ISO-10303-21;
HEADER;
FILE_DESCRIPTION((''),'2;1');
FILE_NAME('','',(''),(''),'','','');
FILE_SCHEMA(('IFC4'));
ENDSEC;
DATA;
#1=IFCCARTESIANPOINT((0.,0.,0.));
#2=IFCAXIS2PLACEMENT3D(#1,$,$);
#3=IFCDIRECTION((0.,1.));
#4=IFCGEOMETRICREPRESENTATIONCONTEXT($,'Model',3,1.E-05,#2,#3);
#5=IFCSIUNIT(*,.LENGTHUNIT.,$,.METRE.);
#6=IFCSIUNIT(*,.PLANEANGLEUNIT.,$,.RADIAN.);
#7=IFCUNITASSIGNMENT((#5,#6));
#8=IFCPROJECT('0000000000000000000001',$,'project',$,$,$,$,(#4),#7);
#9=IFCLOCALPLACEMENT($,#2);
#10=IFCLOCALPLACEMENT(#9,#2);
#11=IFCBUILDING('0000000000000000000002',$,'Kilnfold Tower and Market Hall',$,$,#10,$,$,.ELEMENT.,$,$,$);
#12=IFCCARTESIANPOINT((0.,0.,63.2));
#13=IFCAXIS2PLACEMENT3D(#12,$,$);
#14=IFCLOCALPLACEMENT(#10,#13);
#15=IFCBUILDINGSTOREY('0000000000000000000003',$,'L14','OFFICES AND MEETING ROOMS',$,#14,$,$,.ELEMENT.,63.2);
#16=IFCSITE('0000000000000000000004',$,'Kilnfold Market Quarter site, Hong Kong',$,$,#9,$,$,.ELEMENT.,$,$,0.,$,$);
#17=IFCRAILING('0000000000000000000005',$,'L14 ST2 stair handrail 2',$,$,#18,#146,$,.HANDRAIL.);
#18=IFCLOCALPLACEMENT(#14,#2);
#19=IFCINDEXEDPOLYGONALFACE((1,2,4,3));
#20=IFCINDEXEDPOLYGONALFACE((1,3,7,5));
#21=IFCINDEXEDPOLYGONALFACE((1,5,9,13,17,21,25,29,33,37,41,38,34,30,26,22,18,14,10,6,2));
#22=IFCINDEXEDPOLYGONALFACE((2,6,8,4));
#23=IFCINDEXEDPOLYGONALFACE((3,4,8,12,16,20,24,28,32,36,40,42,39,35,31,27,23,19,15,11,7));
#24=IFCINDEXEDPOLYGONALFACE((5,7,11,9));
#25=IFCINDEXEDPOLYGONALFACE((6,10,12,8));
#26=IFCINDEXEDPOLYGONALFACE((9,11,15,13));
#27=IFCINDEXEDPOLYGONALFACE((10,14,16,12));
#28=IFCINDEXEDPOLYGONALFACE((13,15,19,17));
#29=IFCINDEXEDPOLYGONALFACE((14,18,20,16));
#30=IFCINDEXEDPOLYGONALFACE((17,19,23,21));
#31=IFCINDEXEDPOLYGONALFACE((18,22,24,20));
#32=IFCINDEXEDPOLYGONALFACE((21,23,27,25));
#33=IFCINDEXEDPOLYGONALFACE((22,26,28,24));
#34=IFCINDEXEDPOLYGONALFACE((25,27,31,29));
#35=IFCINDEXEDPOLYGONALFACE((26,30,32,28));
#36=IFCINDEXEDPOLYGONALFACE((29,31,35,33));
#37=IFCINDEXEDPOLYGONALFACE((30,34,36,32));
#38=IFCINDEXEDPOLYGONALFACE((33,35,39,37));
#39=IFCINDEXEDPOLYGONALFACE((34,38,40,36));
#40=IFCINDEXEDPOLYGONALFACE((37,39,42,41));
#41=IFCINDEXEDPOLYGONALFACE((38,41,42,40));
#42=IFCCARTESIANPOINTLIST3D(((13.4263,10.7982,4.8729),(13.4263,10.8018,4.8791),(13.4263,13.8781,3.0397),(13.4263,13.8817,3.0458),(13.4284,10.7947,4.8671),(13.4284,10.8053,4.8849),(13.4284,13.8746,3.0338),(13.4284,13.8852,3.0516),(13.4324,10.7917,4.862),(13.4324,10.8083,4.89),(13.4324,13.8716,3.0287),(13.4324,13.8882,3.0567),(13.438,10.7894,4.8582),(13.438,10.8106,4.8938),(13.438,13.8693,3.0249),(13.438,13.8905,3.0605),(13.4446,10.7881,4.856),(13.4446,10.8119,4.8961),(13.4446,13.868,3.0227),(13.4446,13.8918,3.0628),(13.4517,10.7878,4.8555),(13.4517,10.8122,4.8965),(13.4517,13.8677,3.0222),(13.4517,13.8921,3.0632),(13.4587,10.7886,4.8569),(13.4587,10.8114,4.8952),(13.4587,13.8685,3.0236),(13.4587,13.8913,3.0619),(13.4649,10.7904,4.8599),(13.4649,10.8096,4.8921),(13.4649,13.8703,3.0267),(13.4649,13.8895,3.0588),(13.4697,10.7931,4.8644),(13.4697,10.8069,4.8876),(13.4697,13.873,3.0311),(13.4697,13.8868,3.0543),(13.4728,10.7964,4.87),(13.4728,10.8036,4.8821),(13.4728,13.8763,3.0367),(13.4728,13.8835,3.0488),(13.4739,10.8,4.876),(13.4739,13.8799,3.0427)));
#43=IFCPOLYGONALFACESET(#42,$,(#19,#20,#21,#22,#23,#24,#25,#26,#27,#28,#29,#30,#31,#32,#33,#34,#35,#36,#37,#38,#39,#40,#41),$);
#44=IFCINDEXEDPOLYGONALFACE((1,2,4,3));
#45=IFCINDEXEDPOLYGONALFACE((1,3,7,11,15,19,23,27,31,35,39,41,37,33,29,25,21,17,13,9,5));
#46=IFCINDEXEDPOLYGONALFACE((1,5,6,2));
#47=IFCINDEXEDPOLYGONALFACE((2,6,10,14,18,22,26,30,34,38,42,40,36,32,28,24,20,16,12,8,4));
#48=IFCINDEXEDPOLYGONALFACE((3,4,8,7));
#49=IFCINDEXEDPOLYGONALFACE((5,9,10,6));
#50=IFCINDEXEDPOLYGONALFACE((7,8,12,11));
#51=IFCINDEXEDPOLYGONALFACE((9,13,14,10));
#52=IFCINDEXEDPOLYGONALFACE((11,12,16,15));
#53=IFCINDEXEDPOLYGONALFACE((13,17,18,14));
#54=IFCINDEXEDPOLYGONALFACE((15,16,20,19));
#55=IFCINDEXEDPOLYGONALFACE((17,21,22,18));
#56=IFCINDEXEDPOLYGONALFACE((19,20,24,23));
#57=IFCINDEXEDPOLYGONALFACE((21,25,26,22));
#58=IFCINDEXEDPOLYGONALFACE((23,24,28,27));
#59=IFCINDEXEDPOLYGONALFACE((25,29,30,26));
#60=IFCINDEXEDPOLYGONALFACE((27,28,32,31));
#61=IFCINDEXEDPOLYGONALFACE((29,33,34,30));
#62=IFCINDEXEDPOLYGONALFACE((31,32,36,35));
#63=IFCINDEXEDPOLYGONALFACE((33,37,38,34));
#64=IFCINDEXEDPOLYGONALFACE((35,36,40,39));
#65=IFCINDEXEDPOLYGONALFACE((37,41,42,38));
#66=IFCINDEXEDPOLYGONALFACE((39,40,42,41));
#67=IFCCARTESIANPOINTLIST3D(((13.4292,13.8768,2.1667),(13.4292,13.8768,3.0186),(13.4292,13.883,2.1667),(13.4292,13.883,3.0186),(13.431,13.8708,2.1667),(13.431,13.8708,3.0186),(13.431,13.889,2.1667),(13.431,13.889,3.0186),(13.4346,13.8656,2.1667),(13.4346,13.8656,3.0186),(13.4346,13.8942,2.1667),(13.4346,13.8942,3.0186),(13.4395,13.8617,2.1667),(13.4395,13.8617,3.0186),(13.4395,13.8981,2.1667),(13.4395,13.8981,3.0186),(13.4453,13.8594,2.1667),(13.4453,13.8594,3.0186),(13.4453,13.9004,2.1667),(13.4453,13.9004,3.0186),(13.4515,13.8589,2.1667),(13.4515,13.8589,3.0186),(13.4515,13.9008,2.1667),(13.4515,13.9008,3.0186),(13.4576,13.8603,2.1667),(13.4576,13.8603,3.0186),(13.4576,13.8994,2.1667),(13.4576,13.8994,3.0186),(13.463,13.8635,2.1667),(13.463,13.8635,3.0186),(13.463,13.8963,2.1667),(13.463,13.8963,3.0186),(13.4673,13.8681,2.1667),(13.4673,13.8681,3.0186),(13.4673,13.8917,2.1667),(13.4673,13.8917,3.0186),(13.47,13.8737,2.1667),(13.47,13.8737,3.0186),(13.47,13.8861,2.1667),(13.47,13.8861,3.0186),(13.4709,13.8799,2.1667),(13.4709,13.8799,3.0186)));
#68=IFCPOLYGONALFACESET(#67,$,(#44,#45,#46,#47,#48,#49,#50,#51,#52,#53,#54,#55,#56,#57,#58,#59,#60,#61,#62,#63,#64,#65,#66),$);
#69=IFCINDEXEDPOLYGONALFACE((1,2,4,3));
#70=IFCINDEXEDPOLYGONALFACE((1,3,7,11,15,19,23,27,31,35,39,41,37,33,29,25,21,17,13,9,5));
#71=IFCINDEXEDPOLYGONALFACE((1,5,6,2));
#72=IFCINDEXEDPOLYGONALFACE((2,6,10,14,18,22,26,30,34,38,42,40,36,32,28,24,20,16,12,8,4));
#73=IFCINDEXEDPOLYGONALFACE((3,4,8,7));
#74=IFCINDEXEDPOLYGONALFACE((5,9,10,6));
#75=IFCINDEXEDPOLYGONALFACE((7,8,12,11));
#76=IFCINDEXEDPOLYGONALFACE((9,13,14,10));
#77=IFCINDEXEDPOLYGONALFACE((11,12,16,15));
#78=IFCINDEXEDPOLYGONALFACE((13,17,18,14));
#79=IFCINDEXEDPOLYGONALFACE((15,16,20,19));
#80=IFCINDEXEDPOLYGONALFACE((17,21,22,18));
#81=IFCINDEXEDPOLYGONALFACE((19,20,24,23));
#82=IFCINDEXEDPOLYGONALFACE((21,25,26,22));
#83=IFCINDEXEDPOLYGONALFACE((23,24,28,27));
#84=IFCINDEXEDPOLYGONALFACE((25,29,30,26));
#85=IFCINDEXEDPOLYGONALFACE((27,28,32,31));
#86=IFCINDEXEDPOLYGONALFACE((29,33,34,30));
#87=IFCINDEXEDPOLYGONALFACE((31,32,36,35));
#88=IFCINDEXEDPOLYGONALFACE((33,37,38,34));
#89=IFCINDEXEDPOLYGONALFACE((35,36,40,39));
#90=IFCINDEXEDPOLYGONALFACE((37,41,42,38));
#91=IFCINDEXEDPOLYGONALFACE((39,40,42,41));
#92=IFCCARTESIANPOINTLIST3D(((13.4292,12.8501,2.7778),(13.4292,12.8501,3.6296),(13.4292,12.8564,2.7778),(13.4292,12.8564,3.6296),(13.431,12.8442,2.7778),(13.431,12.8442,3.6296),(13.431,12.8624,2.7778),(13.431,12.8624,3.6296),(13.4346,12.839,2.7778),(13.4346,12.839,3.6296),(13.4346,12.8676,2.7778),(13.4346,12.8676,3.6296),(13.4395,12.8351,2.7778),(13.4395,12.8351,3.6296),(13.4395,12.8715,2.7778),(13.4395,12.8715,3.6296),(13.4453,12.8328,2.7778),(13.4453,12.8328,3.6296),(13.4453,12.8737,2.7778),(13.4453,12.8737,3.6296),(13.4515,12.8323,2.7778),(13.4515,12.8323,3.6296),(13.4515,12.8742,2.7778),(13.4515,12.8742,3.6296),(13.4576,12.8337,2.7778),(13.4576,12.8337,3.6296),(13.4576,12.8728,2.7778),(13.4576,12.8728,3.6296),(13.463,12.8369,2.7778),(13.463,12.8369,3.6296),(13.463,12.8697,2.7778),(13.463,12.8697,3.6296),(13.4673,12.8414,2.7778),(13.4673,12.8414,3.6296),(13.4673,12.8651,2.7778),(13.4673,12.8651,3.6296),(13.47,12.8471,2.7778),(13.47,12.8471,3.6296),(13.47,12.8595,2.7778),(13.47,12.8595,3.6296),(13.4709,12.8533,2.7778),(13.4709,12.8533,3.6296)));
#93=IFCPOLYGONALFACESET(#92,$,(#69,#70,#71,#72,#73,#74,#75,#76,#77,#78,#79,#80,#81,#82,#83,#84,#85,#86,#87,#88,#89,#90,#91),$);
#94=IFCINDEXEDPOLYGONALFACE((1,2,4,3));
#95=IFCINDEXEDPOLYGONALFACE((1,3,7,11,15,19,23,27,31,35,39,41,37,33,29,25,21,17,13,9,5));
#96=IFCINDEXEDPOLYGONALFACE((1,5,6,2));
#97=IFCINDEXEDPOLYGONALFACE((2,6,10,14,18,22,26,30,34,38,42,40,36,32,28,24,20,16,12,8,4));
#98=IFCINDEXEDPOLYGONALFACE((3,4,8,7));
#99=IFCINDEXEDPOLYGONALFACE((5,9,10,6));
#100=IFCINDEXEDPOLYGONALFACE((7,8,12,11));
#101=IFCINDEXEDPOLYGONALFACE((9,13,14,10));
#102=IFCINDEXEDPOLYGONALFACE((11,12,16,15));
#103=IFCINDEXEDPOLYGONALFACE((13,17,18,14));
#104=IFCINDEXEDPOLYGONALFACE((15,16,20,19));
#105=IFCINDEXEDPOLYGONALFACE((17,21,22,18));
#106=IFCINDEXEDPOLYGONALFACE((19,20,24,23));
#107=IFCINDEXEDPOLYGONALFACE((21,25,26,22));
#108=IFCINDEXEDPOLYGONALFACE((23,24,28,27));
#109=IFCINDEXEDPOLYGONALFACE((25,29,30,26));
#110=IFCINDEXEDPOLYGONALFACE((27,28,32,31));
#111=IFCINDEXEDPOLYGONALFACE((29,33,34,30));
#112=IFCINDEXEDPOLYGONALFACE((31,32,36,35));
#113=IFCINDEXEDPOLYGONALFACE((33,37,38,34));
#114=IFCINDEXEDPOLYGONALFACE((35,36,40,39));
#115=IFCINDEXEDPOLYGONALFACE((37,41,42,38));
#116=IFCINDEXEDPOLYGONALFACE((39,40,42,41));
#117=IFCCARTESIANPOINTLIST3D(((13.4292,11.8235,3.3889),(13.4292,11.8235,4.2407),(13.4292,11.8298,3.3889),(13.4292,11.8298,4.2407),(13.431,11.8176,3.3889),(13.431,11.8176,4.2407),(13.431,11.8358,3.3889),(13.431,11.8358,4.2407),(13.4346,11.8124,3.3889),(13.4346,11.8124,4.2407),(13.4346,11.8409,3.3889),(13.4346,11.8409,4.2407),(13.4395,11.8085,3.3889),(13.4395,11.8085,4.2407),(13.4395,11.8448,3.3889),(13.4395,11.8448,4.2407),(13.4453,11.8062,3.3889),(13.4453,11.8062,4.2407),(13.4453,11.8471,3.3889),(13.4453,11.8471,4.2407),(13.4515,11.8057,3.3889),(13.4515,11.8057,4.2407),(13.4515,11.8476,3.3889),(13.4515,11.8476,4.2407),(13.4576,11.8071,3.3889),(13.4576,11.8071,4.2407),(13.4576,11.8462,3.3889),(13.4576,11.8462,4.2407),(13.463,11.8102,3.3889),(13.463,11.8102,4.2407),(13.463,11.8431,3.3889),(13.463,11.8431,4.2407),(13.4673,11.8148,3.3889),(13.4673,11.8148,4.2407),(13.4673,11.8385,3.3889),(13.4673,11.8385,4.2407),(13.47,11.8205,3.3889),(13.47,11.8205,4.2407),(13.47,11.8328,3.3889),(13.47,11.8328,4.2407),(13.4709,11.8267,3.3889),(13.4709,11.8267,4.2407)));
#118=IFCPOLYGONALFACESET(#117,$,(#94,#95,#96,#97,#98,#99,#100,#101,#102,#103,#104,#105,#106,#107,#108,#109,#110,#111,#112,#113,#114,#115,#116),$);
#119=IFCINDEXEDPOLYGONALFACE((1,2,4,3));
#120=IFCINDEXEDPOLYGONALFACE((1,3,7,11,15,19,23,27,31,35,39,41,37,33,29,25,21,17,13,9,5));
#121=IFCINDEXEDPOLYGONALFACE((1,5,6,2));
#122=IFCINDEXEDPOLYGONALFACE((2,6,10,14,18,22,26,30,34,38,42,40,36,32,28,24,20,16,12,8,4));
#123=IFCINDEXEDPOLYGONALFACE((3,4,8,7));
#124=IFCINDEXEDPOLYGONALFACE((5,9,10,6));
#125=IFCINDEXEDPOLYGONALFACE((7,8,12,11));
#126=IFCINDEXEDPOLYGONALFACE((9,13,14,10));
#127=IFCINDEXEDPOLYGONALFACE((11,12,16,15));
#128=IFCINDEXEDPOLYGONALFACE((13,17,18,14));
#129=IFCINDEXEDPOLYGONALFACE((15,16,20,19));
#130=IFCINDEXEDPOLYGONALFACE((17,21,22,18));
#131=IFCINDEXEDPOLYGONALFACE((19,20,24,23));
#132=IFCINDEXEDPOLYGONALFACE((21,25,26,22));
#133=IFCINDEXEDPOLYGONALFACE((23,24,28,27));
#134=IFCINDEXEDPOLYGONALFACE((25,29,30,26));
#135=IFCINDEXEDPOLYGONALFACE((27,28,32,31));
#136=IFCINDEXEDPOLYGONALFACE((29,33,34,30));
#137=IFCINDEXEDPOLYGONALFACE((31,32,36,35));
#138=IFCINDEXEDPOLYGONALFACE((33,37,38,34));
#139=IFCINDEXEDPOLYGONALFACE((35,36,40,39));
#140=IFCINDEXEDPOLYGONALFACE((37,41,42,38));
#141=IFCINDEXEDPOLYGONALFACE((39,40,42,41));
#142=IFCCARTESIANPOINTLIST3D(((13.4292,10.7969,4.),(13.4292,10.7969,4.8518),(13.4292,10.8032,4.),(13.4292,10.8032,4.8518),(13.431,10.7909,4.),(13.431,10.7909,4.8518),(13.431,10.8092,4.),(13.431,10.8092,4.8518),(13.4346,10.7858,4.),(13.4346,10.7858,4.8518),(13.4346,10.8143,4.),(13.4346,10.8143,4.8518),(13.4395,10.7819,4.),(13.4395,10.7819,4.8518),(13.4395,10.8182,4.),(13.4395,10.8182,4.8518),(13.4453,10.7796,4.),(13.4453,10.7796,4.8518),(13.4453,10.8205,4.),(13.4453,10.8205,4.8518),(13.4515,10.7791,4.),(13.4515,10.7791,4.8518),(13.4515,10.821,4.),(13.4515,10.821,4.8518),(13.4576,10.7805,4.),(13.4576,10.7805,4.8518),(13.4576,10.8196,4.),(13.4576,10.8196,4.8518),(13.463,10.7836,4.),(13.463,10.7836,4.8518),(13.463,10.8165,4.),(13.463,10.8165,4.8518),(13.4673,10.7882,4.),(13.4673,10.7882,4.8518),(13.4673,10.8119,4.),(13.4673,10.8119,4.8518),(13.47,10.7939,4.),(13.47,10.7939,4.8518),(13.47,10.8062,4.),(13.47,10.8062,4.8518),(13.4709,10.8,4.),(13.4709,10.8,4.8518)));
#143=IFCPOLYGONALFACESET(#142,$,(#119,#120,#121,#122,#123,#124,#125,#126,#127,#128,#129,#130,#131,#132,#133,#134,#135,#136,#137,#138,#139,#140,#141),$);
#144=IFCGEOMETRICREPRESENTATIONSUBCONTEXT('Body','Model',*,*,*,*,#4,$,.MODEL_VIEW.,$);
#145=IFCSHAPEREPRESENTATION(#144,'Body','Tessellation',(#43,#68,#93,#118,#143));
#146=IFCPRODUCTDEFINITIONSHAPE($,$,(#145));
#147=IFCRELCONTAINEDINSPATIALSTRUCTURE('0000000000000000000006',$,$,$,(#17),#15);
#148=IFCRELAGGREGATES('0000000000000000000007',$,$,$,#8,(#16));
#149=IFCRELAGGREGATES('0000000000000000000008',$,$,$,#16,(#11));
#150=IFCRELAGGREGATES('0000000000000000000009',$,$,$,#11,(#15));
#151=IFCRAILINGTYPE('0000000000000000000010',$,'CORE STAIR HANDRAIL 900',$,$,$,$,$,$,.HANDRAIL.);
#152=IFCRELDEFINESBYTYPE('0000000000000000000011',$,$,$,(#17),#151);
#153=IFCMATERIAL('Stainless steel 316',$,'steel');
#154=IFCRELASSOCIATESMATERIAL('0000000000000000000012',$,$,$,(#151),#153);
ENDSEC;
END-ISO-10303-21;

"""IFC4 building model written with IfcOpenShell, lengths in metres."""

from ifc_helpers import new_model, si_unit, direction, frame, origin, origin_2d, place, context, subcontext, project, spatial, circle, extrude, material, type_object, element, save


model = new_model("IFC4")

# Units and contexts
model_context = context("Model", 3, precision=1e-05, world=origin(), true_north=direction((0.0, 1.0)))
body_context = subcontext(model_context, "Body", "Model", "MODEL_VIEW")
ifc_project = project(units=[si_unit("LENGTHUNIT", "METRE"), si_unit("PLANEANGLEUNIT", "RADIAN")], contexts=[model_context])

# Site, building, storey
site_placement = place(None, origin())
site = spatial("IfcSite", under=ifc_project, at=site_placement, Name="Kilnfold Market Quarter site, Hong Kong", CompositionType="ELEMENT", RefElevation=0.0)
building_placement = place(site_placement, origin())
building = spatial("IfcBuilding", under=site, at=building_placement, Name="Kilnfold Tower and Market Hall", CompositionType="ELEMENT")
storey_placement = place(building_placement, frame((0.0, 0.0, 63.2)))
storey = spatial("IfcBuildingStorey", under=building, at=storey_placement, Name="L14", Description="OFFICES AND MEETING ROOMS", CompositionType="ELEMENT", Elevation=63.2)

# Railing
ifc_material_1 = material(Name="Stainless steel 316", Category="steel")
railing_type = type_object("IfcRailingType", Name="CORE STAIR HANDRAIL 900", PredefinedType="HANDRAIL", material=ifc_material_1)
railing_1_placement = place(storey_placement, frame((13.45, 13.8799, 2.1667)))
element("IfcRailing", 1, at=railing_1_placement, inside=storey, type_object=railing_type, Name="L14 ST2 stair handrail 2", PredefinedType="HANDRAIL", context=body_context, shape_type="SweptSolid", body=[
    extrude(circle(Radius=0.0239, at=origin_2d()), frame((0.0, 0.0, 0.876), z_axis=(0.0, -0.859291, 0.511487), x_axis=(1.0, 0.0, 0.0)), (0.0, 0.0, 1.0), 3.5842),
    extrude(circle(Radius=0.021, at=origin_2d()), origin(), (0.0, 0.0, 1.0), 0.8518),
    extrude(circle(Radius=0.021, at=origin_2d()), frame((0.0, -1.0266, 0.6111)), (0.0, 0.0, 1.0), 0.8518),
    extrude(circle(Radius=0.021, at=origin_2d()), frame((0.0, -2.0532, 1.2222)), (0.0, 0.0, 1.0), 0.8518),
    extrude(circle(Radius=0.021, at=origin_2d()), frame((0.0, -3.0798, 1.8333)), (0.0, 0.0, 1.0), 0.8518),
])

save(model, "model.ifc")
